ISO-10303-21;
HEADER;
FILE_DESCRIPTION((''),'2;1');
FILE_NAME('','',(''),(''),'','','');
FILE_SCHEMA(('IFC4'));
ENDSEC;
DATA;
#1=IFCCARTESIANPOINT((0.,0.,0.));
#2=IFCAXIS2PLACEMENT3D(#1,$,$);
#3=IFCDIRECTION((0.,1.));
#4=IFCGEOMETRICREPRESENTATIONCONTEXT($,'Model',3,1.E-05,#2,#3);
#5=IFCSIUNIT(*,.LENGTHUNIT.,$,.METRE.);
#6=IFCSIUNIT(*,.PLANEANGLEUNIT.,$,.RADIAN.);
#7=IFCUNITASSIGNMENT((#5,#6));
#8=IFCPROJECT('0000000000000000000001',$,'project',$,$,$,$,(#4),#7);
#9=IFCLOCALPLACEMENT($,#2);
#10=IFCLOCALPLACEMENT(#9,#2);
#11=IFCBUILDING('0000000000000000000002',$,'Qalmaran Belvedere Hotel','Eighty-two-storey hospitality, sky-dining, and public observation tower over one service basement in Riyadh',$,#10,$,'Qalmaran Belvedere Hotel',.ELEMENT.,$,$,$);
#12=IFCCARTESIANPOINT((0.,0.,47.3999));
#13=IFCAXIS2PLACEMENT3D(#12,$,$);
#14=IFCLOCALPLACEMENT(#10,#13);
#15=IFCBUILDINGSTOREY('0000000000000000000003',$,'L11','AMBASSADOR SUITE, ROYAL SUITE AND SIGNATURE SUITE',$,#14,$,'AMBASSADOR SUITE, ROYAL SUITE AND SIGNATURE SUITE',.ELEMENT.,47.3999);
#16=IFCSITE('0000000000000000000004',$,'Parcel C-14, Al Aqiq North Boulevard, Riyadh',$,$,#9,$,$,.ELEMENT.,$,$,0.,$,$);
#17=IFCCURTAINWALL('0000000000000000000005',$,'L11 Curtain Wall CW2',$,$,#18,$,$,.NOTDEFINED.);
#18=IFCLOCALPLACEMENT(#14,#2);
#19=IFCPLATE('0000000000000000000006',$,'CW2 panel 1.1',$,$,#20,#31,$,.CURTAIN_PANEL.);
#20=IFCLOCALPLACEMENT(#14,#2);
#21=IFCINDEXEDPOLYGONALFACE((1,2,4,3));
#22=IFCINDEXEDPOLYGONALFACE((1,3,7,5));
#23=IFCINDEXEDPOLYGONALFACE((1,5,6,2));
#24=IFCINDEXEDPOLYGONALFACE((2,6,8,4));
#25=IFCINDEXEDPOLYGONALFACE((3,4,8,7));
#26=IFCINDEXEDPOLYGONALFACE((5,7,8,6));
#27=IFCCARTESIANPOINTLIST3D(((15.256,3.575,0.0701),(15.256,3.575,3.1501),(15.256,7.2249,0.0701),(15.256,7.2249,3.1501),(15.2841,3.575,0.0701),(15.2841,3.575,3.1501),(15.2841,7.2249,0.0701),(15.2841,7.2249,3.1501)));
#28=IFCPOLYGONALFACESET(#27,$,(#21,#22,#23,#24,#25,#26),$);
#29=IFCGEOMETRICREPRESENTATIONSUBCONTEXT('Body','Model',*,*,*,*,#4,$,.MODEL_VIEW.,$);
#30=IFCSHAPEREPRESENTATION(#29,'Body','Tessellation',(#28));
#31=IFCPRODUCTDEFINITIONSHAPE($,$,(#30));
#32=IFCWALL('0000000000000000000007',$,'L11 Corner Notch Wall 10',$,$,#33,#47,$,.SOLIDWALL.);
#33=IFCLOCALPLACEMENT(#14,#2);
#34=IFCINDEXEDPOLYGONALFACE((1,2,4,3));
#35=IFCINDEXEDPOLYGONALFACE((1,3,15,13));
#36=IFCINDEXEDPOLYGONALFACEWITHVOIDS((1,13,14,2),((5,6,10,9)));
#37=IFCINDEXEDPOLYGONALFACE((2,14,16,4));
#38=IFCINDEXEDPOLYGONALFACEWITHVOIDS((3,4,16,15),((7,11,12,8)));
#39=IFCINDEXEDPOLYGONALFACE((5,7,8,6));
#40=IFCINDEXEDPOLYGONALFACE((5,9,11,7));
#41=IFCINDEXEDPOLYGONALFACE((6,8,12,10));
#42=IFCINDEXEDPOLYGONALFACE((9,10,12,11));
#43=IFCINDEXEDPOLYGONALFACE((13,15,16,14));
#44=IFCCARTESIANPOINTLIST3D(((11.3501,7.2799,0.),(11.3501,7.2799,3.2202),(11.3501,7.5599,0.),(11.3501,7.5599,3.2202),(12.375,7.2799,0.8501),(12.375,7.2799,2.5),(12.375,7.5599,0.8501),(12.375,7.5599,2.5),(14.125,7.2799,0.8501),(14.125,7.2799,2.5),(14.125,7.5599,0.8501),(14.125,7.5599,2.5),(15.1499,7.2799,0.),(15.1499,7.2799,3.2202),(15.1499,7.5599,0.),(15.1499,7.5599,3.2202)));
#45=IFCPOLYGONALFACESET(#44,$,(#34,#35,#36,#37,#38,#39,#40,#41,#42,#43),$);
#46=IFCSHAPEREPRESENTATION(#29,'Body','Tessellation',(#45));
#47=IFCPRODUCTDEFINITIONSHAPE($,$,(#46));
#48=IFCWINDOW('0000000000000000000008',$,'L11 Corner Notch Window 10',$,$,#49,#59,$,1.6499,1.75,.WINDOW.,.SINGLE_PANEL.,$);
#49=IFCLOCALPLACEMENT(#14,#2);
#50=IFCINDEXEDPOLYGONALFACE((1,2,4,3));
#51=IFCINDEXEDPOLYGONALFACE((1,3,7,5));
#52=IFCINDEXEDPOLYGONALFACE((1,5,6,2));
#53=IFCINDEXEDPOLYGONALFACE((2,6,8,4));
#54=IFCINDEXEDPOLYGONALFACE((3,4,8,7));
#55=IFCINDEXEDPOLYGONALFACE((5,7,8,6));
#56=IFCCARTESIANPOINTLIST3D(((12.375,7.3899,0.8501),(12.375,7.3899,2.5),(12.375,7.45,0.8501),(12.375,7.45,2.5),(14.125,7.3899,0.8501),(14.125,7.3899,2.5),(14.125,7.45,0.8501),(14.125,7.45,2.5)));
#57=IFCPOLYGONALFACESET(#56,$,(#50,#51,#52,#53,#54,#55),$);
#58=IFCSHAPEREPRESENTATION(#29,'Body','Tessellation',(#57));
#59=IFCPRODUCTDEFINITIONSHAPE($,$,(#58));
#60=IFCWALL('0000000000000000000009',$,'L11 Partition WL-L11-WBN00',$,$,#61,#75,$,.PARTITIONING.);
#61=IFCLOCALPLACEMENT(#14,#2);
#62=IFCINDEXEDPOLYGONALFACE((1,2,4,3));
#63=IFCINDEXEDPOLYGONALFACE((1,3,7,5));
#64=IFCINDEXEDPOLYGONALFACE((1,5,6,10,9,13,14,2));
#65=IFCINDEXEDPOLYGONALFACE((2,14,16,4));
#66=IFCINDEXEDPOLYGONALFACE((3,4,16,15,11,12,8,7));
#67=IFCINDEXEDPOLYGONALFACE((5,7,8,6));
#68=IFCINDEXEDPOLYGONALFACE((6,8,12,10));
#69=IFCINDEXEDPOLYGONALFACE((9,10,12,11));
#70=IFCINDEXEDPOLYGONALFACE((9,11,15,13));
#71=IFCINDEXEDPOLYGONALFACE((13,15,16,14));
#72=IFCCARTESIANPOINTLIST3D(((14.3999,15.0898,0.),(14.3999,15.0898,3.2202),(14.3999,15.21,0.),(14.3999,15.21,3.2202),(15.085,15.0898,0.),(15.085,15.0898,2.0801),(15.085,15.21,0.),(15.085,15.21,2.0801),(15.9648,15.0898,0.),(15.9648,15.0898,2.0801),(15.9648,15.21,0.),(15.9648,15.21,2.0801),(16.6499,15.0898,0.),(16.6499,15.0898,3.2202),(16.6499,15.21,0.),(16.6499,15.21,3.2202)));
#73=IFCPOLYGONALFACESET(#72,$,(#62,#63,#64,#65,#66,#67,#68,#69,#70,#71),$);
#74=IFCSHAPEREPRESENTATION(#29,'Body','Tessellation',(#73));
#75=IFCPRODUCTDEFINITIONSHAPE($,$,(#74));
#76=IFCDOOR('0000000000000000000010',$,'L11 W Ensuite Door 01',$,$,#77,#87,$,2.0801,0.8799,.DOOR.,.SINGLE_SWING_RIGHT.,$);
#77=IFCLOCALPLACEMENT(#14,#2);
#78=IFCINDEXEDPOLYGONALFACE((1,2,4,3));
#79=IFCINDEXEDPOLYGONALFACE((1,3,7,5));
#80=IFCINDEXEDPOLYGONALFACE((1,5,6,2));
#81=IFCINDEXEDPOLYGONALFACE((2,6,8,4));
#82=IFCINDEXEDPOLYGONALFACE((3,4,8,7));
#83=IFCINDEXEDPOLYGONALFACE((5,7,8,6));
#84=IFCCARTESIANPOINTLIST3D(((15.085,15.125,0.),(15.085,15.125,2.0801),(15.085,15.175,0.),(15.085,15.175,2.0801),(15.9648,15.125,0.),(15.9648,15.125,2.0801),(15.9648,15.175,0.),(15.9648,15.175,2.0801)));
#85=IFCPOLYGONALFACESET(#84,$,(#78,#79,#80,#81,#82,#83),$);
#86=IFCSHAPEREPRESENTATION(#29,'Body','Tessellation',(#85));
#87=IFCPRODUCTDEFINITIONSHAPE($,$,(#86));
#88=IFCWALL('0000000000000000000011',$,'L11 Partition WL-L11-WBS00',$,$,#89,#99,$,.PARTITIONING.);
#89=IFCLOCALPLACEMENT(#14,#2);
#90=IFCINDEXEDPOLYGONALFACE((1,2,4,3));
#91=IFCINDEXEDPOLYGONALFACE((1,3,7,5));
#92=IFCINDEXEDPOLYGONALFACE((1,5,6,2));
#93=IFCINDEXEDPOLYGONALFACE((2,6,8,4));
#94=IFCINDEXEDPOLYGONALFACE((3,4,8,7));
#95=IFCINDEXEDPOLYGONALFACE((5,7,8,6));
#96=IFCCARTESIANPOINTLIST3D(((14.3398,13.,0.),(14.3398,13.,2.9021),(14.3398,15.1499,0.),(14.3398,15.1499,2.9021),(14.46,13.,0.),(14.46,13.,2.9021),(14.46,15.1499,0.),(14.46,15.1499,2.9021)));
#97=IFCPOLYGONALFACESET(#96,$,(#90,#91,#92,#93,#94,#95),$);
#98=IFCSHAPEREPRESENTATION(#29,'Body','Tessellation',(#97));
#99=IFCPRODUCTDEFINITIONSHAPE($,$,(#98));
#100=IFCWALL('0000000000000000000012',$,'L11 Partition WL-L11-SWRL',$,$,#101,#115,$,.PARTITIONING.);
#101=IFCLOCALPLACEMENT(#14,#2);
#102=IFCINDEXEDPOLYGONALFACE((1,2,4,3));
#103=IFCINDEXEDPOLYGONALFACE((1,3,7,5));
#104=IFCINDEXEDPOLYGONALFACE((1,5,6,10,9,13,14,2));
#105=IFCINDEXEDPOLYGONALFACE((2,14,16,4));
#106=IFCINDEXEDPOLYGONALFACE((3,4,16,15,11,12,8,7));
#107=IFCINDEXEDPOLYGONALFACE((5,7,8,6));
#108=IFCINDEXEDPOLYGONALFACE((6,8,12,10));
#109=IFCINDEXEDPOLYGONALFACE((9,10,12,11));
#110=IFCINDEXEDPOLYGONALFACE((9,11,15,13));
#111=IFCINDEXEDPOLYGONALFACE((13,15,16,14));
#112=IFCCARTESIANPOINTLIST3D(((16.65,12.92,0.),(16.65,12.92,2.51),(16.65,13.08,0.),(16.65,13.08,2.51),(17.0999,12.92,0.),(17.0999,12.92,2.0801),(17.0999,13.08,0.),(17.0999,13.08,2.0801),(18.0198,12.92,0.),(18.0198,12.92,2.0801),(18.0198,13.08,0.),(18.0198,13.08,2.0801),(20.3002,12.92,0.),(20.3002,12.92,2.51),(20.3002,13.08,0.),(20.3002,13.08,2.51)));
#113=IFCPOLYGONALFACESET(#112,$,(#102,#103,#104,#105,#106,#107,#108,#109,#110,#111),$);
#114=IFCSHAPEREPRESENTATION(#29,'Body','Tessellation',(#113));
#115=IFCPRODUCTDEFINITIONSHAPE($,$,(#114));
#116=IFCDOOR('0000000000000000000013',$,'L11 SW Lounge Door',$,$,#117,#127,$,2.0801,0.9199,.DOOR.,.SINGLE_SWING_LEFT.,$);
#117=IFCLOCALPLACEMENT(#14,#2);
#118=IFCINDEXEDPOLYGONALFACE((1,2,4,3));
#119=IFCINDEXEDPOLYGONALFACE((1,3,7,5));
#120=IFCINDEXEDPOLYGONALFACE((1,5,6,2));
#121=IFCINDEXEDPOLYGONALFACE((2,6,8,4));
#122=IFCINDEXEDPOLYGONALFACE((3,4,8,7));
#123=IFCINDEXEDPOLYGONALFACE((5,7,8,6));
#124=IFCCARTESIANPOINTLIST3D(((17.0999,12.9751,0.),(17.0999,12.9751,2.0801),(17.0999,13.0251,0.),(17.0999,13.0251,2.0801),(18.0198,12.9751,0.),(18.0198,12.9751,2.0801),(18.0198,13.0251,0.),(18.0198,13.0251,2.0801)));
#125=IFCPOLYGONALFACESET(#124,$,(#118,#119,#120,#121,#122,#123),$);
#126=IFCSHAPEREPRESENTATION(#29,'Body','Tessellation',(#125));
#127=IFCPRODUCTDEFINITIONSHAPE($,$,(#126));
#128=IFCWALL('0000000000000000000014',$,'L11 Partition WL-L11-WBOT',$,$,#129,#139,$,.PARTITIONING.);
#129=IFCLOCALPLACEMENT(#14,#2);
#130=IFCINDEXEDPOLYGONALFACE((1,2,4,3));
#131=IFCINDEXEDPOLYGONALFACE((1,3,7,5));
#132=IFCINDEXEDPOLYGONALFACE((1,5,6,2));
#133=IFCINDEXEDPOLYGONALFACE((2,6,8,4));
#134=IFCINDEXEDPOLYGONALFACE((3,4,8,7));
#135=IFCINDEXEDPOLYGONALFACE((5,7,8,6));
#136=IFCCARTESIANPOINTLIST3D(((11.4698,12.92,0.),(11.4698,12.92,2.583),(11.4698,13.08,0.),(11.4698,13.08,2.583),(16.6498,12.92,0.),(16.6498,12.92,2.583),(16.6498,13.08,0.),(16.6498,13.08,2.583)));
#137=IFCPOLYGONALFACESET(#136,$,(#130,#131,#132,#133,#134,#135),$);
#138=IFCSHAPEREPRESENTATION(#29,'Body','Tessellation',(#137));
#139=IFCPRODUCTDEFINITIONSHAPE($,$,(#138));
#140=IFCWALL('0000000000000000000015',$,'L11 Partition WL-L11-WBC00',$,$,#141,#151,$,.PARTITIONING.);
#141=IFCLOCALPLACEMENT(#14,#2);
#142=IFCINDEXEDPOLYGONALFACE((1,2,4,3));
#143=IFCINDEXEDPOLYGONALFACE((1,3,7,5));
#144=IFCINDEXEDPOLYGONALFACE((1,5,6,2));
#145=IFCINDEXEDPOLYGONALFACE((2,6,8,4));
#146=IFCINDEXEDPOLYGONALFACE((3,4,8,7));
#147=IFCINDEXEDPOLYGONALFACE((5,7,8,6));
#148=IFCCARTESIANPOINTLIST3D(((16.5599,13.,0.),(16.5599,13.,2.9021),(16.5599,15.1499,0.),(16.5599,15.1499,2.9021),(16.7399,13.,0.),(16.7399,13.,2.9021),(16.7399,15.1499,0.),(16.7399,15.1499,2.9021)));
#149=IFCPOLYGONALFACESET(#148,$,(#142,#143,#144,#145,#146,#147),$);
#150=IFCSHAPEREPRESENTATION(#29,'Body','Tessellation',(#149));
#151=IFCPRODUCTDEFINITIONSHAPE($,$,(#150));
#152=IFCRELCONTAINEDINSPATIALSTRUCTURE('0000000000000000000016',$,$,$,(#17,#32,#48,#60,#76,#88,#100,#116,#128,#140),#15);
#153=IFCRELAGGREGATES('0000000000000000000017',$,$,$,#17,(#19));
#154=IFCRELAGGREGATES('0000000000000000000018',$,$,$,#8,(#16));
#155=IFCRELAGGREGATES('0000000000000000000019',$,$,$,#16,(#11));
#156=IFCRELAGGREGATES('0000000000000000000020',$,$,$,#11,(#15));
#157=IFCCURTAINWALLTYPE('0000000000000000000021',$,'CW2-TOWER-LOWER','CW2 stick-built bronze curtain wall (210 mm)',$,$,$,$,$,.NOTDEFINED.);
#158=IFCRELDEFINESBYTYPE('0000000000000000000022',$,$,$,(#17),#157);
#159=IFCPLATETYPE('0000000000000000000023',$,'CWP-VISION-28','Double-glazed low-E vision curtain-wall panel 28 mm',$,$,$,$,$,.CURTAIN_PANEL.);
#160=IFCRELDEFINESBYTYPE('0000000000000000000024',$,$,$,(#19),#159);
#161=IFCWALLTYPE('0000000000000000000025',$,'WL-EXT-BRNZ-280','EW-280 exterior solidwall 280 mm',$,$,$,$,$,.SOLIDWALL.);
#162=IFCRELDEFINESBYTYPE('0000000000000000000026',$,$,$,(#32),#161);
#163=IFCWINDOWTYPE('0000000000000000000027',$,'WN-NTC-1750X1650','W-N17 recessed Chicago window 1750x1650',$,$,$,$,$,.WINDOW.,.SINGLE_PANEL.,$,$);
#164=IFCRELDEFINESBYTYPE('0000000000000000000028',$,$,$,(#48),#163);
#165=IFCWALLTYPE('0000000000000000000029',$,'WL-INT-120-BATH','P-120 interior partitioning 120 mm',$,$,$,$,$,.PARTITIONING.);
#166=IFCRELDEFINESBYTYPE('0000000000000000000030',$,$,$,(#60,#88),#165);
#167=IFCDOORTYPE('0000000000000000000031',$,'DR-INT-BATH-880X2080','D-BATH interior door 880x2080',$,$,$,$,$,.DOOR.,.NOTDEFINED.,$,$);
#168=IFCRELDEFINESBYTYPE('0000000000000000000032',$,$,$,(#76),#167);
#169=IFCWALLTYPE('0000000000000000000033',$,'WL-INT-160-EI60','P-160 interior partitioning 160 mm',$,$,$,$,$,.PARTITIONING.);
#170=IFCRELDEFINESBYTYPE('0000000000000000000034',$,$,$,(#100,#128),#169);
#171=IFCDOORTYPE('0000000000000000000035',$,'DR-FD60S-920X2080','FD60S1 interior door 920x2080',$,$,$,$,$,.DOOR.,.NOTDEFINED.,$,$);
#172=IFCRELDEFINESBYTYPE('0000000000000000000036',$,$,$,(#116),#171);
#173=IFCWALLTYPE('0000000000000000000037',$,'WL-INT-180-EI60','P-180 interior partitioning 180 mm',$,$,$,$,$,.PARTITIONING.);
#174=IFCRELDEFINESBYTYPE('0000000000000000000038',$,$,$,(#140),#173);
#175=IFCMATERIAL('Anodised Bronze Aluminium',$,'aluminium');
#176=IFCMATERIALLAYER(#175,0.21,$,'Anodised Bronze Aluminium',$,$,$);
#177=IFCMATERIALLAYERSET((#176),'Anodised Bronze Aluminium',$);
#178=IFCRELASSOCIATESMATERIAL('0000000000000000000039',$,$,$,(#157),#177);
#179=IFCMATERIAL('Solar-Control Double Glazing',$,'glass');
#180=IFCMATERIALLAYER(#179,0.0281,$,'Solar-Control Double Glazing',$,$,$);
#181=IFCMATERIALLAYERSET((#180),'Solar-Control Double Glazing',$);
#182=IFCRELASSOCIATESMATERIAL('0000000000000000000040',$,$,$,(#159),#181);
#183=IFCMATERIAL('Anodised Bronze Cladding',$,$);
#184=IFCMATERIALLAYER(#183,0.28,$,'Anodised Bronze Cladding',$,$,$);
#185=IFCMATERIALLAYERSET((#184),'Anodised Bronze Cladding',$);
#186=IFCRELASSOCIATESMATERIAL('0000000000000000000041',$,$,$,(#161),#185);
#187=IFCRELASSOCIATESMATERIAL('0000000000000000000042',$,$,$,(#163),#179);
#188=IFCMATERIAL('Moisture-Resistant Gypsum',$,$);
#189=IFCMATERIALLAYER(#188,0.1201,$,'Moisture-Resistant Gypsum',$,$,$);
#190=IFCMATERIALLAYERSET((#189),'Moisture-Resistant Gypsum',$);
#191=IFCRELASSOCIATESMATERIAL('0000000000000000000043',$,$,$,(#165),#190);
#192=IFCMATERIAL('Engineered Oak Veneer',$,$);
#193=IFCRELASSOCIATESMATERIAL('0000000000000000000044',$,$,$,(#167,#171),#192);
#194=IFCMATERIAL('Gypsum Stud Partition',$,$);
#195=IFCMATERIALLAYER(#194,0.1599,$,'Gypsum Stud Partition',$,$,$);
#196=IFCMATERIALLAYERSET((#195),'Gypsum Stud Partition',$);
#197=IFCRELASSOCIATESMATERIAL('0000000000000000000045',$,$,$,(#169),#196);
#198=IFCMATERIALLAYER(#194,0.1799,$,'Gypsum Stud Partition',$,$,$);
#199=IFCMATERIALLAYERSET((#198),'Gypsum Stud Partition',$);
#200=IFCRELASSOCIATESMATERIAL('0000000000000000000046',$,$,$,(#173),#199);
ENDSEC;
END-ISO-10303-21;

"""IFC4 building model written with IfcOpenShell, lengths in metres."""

from ifc_helpers import new_model, si_unit, direction, frame, frame_2d, origin, origin_2d, place, context, subcontext, project, spatial, rectangle, extrude, material, layer, layer_set, type_object, element, fill, aggregate, save


model = new_model("IFC4")

# Units and contexts
model_context = context("Model", 3, precision=1e-05, world=origin(), true_north=direction((0.0, 1.0)))
body_context = subcontext(model_context, "Body", "Model", "MODEL_VIEW")
ifc_project = project(units=[si_unit("LENGTHUNIT", "METRE"), si_unit("PLANEANGLEUNIT", "RADIAN")], contexts=[model_context])

# Site, building, storey
site_placement = place(None, origin())
site = spatial("IfcSite", under=ifc_project, at=site_placement, Name="Parcel C-14, Al Aqiq North Boulevard, Riyadh", CompositionType="ELEMENT", RefElevation=0.0)
building_placement = place(site_placement, origin())
building = spatial("IfcBuilding", under=site, at=building_placement, Name="Qalmaran Belvedere Hotel", Description="Eighty-two-storey hospitality, sky-dining, and public observation tower over one service basement in Riyadh", LongName="Qalmaran Belvedere Hotel", CompositionType="ELEMENT")
storey_placement = place(building_placement, frame((0.0, 0.0, 47.3999)))
storey = spatial("IfcBuildingStorey", under=building, at=storey_placement, Name="L11", Description="AMBASSADOR SUITE, ROYAL SUITE AND SIGNATURE SUITE", LongName="AMBASSADOR SUITE, ROYAL SUITE AND SIGNATURE SUITE", CompositionType="ELEMENT", Elevation=47.3999)

# Shared definitions
ifc_material_1 = material(Name="Anodised Bronze Aluminium", Category="aluminium")
ifc_layer_1 = layer(ifc_material_1, 0.21, Name="Anodised Bronze Aluminium")
ifc_layer_set_1 = layer_set([ifc_layer_1], Name="Anodised Bronze Aluminium")
curtain_wall_type = type_object("IfcCurtainWallType", Name="CW2-TOWER-LOWER", Description="CW2 stick-built bronze curtain wall (210 mm)", PredefinedType="NOTDEFINED", material=ifc_layer_set_1)

# Curtain wall
curtain_wall_1_placement = place(storey_placement, origin())
curtain_wall_1 = element("IfcCurtainWall", 1, at=curtain_wall_1_placement, inside=storey, type_object=curtain_wall_type, Name="L11 Curtain Wall CW2", PredefinedType="NOTDEFINED")

# Plate
ifc_material_2 = material(Name="Solar-Control Double Glazing", Category="glass")
ifc_layer_2 = layer(ifc_material_2, 0.0281, Name="Solar-Control Double Glazing")
ifc_layer_set_2 = layer_set([ifc_layer_2], Name="Solar-Control Double Glazing")
plate_type_1 = type_object("IfcPlateType", Name="CWP-VISION-28", Description="Double-glazed low-E vision curtain-wall panel 28 mm", PredefinedType="CURTAIN_PANEL", material=ifc_layer_set_2)
plate_1_placement = place(storey_placement, frame((15.27, 5.3999, 0.0701), z_axis=(0.0, 0.0, 1.0), x_axis=(0.0, -1.0, 0.0)))
plate_1 = element("IfcPlate", 2, at=plate_1_placement, type_object=plate_type_1, Name="CW2 panel 1.1", PredefinedType="CURTAIN_PANEL", context=body_context, shape_type="SweptSolid", body=[
    extrude(rectangle(XDim=3.6499, YDim=0.0281, at=origin_2d()), origin(), (0.0, 0.0, 1.0), 3.0801),
])
aggregate(curtain_wall_1, [plate_1])

# Wall, opening, window
ifc_material_3 = material(Name="Anodised Bronze Cladding")
ifc_layer_3 = layer(ifc_material_3, 0.28, Name="Anodised Bronze Cladding")
ifc_layer_set_3 = layer_set([ifc_layer_3], Name="Anodised Bronze Cladding")
wall_type_1 = type_object("IfcWallType", Name="WL-EXT-BRNZ-280", Description="EW-280 exterior solidwall 280 mm", PredefinedType="SOLIDWALL", material=ifc_layer_set_3)
wall_1_placement = place(storey_placement, frame((11.3501, 7.4199, 0.0), z_axis=(0.0, 0.0, 1.0), x_axis=(1.0, 0.0, 0.0)))
wall_1 = element("IfcWall", 3, at=wall_1_placement, inside=storey, type_object=wall_type_1, Name="L11 Corner Notch Wall 10", PredefinedType="SOLIDWALL", context=body_context, shape_type="SweptSolid", body=[
    extrude(rectangle(XDim=3.7998, YDim=0.28, at=frame_2d((1.8999, 0.0))), origin(), (0.0, 0.0, 1.0), 3.2202),
])
opening_1_placement = place(wall_1_placement, frame((1.0249, 0.0, 0.8501)))
opening_1 = element("IfcOpeningElement", 4, at=opening_1_placement, cuts=wall_1, PredefinedType="OPENING", context=body_context, shape_type="SweptSolid", body=[
    extrude(rectangle(XDim=1.75, YDim=1.6499, at=frame_2d((0.875, 0.825))), frame((0.0, 0.1499, 0.0), z_axis=(0.0, -1.0, 0.0), x_axis=(1.0, 0.0, 0.0)), (0.0, 0.0, 1.0), 0.3),
])
window_type = type_object("IfcWindowType", Name="WN-NTC-1750X1650", Description="W-N17 recessed Chicago window 1750x1650", PartitioningType="SINGLE_PANEL", PredefinedType="WINDOW", material=ifc_material_2)
window_placement = place(opening_1_placement, origin())
window = element("IfcWindow", 5, at=window_placement, inside=storey, type_object=window_type, Name="L11 Corner Notch Window 10", OverallHeight=1.6499, OverallWidth=1.75, PartitioningType="SINGLE_PANEL", PredefinedType="WINDOW", context=body_context, shape_type="SweptSolid", body=[
    extrude(rectangle(XDim=1.75, YDim=1.6499, at=frame_2d((0.875, 0.825))), frame((0.0, 0.03, 0.0), z_axis=(0.0, -1.0, 0.0), x_axis=(1.0, 0.0, 0.0)), (0.0, 0.0, 1.0), 0.0601),
])
fill(opening_1, window)

# Wall, opening, door
ifc_material_4 = material(Name="Moisture-Resistant Gypsum")
ifc_layer_4 = layer(ifc_material_4, 0.1201, Name="Moisture-Resistant Gypsum")
ifc_layer_set_4 = layer_set([ifc_layer_4], Name="Moisture-Resistant Gypsum")
wall_type_2 = type_object("IfcWallType", Name="WL-INT-120-BATH", Description="P-120 interior partitioning 120 mm", PredefinedType="PARTITIONING", material=ifc_layer_set_4)
wall_2_placement = place(storey_placement, frame((14.3999, 15.1499, 0.0), z_axis=(0.0, 0.0, 1.0), x_axis=(1.0, 0.0, 0.0)))
wall_2 = element("IfcWall", 6, at=wall_2_placement, inside=storey, type_object=wall_type_2, Name="L11 Partition WL-L11-WBN00", PredefinedType="PARTITIONING", context=body_context, shape_type="SweptSolid", body=[
    extrude(rectangle(XDim=2.25, YDim=0.1201, at=frame_2d((1.125, 0.0))), origin(), (0.0, 0.0, 1.0), 3.2202),
])
opening_2_placement = place(wall_2_placement, frame((1.5649, 0.0, 0.0), z_axis=(0.0, 0.0, 1.0), x_axis=(-1.0, 0.0, 0.0)))
opening_2 = element("IfcOpeningElement", 7, at=opening_2_placement, cuts=wall_2, PredefinedType="OPENING", context=body_context, shape_type="SweptSolid", body=[
    extrude(rectangle(XDim=0.8799, YDim=2.0801, at=frame_2d((0.4399, 1.04))), frame((0.0, 0.0701, 0.0), z_axis=(0.0, -1.0, 0.0), x_axis=(1.0, 0.0, 0.0)), (0.0, 0.0, 1.0), 0.1401),
])
ifc_material_5 = material(Name="Engineered Oak Veneer")
door_type_1 = type_object("IfcDoorType", Name="DR-INT-BATH-880X2080", Description="D-BATH interior door 880x2080", OperationType="NOTDEFINED", PredefinedType="DOOR", material=ifc_material_5)
door_1_placement = place(opening_2_placement, origin())
door_1 = element("IfcDoor", 8, at=door_1_placement, inside=storey, type_object=door_type_1, Name="L11 W Ensuite Door 01", OperationType="SINGLE_SWING_RIGHT", OverallHeight=2.0801, OverallWidth=0.8799, PredefinedType="DOOR", context=body_context, shape_type="SweptSolid", body=[
    extrude(rectangle(XDim=0.8799, YDim=2.0801, at=frame_2d((0.4399, 1.04))), frame((0.0, 0.0249, 0.0), z_axis=(0.0, -1.0, 0.0), x_axis=(1.0, 0.0, 0.0)), (0.0, 0.0, 1.0), 0.05),
])
fill(opening_2, door_1)

# Wall
wall_3_placement = place(storey_placement, frame((14.3999, 13.0, 0.0), z_axis=(0.0, 0.0, 1.0), x_axis=(0.0, 1.0, 0.0)))
element("IfcWall", 9, at=wall_3_placement, inside=storey, type_object=wall_type_2, Name="L11 Partition WL-L11-WBS00", PredefinedType="PARTITIONING", context=body_context, shape_type="SweptSolid", body=[
    extrude(rectangle(XDim=2.1499, YDim=0.1201, at=frame_2d((1.075, 0.0))), origin(), (0.0, 0.0, 1.0), 2.9021),
])

# Wall, opening, door
ifc_material_6 = material(Name="Gypsum Stud Partition")
ifc_layer_5 = layer(ifc_material_6, 0.1599, Name="Gypsum Stud Partition")
ifc_layer_set_5 = layer_set([ifc_layer_5], Name="Gypsum Stud Partition")
wall_type_3 = type_object("IfcWallType", Name="WL-INT-160-EI60", Description="P-160 interior partitioning 160 mm", PredefinedType="PARTITIONING", material=ifc_layer_set_5)
wall_4_placement = place(storey_placement, frame((16.6499, 13.0, 0.0), z_axis=(0.0, 0.0, 1.0), x_axis=(1.0, 0.0, 0.0)))
wall_4 = element("IfcWall", 10, at=wall_4_placement, inside=storey, type_object=wall_type_3, Name="L11 Partition WL-L11-SWRL", PredefinedType="PARTITIONING", context=body_context, shape_type="SweptSolid", body=[
    extrude(rectangle(XDim=3.6501, YDim=0.1599, at=frame_2d((1.8252, 0.0))), origin(), (0.0, 0.0, 1.0), 2.51),
])
opening_3_placement = place(wall_4_placement, frame((1.3699, 0.0, 0.0), z_axis=(0.0, 0.0, 1.0), x_axis=(-1.0, 0.0, 0.0)))
opening_3 = element("IfcOpeningElement", 11, at=opening_3_placement, cuts=wall_4, PredefinedType="OPENING", context=body_context, shape_type="SweptSolid", body=[
    extrude(rectangle(XDim=0.9199, YDim=2.0801, at=frame_2d((0.46, 1.04))), frame((0.0, 0.0898, 0.0), z_axis=(0.0, -1.0, 0.0), x_axis=(1.0, 0.0, 0.0)), (0.0, 0.0, 1.0), 0.1799),
])
door_type_2 = type_object("IfcDoorType", Name="DR-FD60S-920X2080", Description="FD60S1 interior door 920x2080", OperationType="NOTDEFINED", PredefinedType="DOOR", material=ifc_material_5)
door_2_placement = place(opening_3_placement, origin())
door_2 = element("IfcDoor", 12, at=door_2_placement, inside=storey, type_object=door_type_2, Name="L11 SW Lounge Door", OperationType="SINGLE_SWING_LEFT", OverallHeight=2.0801, OverallWidth=0.9199, PredefinedType="DOOR", context=body_context, shape_type="SweptSolid", body=[
    extrude(rectangle(XDim=0.9199, YDim=2.0801, at=frame_2d((0.46, 1.04))), frame((0.0, 0.0249, 0.0), z_axis=(0.0, -1.0, 0.0), x_axis=(1.0, 0.0, 0.0)), (0.0, 0.0, 1.0), 0.05),
])
fill(opening_3, door_2)

# Walls
wall_5_placement = place(storey_placement, frame((11.47, 13.0, 0.0), z_axis=(0.0, 0.0, 1.0), x_axis=(1.0, 0.0, 0.0)))
element("IfcWall", 13, at=wall_5_placement, inside=storey, type_object=wall_type_3, Name="L11 Partition WL-L11-WBOT", PredefinedType="PARTITIONING", context=body_context, shape_type="SweptSolid", body=[
    extrude(rectangle(XDim=5.1799, YDim=0.1599, at=frame_2d((2.5898, 0.0))), origin(), (0.0, 0.0, 1.0), 2.583),
])
ifc_layer_6 = layer(ifc_material_6, 0.1799, Name="Gypsum Stud Partition")
ifc_layer_set_6 = layer_set([ifc_layer_6], Name="Gypsum Stud Partition")
wall_type_4 = type_object("IfcWallType", Name="WL-INT-180-EI60", Description="P-180 interior partitioning 180 mm", PredefinedType="PARTITIONING", material=ifc_layer_set_6)
wall_6_placement = place(storey_placement, frame((16.6499, 13.0, 0.0), z_axis=(0.0, 0.0, 1.0), x_axis=(0.0, 1.0, 0.0)))
element("IfcWall", 14, at=wall_6_placement, inside=storey, type_object=wall_type_4, Name="L11 Partition WL-L11-WBC00", PredefinedType="PARTITIONING", context=body_context, shape_type="SweptSolid", body=[
    extrude(rectangle(XDim=2.1499, YDim=0.1799, at=frame_2d((1.075, 0.0))), origin(), (0.0, 0.0, 1.0), 2.9021),
])

save(model, "model.ifc")
